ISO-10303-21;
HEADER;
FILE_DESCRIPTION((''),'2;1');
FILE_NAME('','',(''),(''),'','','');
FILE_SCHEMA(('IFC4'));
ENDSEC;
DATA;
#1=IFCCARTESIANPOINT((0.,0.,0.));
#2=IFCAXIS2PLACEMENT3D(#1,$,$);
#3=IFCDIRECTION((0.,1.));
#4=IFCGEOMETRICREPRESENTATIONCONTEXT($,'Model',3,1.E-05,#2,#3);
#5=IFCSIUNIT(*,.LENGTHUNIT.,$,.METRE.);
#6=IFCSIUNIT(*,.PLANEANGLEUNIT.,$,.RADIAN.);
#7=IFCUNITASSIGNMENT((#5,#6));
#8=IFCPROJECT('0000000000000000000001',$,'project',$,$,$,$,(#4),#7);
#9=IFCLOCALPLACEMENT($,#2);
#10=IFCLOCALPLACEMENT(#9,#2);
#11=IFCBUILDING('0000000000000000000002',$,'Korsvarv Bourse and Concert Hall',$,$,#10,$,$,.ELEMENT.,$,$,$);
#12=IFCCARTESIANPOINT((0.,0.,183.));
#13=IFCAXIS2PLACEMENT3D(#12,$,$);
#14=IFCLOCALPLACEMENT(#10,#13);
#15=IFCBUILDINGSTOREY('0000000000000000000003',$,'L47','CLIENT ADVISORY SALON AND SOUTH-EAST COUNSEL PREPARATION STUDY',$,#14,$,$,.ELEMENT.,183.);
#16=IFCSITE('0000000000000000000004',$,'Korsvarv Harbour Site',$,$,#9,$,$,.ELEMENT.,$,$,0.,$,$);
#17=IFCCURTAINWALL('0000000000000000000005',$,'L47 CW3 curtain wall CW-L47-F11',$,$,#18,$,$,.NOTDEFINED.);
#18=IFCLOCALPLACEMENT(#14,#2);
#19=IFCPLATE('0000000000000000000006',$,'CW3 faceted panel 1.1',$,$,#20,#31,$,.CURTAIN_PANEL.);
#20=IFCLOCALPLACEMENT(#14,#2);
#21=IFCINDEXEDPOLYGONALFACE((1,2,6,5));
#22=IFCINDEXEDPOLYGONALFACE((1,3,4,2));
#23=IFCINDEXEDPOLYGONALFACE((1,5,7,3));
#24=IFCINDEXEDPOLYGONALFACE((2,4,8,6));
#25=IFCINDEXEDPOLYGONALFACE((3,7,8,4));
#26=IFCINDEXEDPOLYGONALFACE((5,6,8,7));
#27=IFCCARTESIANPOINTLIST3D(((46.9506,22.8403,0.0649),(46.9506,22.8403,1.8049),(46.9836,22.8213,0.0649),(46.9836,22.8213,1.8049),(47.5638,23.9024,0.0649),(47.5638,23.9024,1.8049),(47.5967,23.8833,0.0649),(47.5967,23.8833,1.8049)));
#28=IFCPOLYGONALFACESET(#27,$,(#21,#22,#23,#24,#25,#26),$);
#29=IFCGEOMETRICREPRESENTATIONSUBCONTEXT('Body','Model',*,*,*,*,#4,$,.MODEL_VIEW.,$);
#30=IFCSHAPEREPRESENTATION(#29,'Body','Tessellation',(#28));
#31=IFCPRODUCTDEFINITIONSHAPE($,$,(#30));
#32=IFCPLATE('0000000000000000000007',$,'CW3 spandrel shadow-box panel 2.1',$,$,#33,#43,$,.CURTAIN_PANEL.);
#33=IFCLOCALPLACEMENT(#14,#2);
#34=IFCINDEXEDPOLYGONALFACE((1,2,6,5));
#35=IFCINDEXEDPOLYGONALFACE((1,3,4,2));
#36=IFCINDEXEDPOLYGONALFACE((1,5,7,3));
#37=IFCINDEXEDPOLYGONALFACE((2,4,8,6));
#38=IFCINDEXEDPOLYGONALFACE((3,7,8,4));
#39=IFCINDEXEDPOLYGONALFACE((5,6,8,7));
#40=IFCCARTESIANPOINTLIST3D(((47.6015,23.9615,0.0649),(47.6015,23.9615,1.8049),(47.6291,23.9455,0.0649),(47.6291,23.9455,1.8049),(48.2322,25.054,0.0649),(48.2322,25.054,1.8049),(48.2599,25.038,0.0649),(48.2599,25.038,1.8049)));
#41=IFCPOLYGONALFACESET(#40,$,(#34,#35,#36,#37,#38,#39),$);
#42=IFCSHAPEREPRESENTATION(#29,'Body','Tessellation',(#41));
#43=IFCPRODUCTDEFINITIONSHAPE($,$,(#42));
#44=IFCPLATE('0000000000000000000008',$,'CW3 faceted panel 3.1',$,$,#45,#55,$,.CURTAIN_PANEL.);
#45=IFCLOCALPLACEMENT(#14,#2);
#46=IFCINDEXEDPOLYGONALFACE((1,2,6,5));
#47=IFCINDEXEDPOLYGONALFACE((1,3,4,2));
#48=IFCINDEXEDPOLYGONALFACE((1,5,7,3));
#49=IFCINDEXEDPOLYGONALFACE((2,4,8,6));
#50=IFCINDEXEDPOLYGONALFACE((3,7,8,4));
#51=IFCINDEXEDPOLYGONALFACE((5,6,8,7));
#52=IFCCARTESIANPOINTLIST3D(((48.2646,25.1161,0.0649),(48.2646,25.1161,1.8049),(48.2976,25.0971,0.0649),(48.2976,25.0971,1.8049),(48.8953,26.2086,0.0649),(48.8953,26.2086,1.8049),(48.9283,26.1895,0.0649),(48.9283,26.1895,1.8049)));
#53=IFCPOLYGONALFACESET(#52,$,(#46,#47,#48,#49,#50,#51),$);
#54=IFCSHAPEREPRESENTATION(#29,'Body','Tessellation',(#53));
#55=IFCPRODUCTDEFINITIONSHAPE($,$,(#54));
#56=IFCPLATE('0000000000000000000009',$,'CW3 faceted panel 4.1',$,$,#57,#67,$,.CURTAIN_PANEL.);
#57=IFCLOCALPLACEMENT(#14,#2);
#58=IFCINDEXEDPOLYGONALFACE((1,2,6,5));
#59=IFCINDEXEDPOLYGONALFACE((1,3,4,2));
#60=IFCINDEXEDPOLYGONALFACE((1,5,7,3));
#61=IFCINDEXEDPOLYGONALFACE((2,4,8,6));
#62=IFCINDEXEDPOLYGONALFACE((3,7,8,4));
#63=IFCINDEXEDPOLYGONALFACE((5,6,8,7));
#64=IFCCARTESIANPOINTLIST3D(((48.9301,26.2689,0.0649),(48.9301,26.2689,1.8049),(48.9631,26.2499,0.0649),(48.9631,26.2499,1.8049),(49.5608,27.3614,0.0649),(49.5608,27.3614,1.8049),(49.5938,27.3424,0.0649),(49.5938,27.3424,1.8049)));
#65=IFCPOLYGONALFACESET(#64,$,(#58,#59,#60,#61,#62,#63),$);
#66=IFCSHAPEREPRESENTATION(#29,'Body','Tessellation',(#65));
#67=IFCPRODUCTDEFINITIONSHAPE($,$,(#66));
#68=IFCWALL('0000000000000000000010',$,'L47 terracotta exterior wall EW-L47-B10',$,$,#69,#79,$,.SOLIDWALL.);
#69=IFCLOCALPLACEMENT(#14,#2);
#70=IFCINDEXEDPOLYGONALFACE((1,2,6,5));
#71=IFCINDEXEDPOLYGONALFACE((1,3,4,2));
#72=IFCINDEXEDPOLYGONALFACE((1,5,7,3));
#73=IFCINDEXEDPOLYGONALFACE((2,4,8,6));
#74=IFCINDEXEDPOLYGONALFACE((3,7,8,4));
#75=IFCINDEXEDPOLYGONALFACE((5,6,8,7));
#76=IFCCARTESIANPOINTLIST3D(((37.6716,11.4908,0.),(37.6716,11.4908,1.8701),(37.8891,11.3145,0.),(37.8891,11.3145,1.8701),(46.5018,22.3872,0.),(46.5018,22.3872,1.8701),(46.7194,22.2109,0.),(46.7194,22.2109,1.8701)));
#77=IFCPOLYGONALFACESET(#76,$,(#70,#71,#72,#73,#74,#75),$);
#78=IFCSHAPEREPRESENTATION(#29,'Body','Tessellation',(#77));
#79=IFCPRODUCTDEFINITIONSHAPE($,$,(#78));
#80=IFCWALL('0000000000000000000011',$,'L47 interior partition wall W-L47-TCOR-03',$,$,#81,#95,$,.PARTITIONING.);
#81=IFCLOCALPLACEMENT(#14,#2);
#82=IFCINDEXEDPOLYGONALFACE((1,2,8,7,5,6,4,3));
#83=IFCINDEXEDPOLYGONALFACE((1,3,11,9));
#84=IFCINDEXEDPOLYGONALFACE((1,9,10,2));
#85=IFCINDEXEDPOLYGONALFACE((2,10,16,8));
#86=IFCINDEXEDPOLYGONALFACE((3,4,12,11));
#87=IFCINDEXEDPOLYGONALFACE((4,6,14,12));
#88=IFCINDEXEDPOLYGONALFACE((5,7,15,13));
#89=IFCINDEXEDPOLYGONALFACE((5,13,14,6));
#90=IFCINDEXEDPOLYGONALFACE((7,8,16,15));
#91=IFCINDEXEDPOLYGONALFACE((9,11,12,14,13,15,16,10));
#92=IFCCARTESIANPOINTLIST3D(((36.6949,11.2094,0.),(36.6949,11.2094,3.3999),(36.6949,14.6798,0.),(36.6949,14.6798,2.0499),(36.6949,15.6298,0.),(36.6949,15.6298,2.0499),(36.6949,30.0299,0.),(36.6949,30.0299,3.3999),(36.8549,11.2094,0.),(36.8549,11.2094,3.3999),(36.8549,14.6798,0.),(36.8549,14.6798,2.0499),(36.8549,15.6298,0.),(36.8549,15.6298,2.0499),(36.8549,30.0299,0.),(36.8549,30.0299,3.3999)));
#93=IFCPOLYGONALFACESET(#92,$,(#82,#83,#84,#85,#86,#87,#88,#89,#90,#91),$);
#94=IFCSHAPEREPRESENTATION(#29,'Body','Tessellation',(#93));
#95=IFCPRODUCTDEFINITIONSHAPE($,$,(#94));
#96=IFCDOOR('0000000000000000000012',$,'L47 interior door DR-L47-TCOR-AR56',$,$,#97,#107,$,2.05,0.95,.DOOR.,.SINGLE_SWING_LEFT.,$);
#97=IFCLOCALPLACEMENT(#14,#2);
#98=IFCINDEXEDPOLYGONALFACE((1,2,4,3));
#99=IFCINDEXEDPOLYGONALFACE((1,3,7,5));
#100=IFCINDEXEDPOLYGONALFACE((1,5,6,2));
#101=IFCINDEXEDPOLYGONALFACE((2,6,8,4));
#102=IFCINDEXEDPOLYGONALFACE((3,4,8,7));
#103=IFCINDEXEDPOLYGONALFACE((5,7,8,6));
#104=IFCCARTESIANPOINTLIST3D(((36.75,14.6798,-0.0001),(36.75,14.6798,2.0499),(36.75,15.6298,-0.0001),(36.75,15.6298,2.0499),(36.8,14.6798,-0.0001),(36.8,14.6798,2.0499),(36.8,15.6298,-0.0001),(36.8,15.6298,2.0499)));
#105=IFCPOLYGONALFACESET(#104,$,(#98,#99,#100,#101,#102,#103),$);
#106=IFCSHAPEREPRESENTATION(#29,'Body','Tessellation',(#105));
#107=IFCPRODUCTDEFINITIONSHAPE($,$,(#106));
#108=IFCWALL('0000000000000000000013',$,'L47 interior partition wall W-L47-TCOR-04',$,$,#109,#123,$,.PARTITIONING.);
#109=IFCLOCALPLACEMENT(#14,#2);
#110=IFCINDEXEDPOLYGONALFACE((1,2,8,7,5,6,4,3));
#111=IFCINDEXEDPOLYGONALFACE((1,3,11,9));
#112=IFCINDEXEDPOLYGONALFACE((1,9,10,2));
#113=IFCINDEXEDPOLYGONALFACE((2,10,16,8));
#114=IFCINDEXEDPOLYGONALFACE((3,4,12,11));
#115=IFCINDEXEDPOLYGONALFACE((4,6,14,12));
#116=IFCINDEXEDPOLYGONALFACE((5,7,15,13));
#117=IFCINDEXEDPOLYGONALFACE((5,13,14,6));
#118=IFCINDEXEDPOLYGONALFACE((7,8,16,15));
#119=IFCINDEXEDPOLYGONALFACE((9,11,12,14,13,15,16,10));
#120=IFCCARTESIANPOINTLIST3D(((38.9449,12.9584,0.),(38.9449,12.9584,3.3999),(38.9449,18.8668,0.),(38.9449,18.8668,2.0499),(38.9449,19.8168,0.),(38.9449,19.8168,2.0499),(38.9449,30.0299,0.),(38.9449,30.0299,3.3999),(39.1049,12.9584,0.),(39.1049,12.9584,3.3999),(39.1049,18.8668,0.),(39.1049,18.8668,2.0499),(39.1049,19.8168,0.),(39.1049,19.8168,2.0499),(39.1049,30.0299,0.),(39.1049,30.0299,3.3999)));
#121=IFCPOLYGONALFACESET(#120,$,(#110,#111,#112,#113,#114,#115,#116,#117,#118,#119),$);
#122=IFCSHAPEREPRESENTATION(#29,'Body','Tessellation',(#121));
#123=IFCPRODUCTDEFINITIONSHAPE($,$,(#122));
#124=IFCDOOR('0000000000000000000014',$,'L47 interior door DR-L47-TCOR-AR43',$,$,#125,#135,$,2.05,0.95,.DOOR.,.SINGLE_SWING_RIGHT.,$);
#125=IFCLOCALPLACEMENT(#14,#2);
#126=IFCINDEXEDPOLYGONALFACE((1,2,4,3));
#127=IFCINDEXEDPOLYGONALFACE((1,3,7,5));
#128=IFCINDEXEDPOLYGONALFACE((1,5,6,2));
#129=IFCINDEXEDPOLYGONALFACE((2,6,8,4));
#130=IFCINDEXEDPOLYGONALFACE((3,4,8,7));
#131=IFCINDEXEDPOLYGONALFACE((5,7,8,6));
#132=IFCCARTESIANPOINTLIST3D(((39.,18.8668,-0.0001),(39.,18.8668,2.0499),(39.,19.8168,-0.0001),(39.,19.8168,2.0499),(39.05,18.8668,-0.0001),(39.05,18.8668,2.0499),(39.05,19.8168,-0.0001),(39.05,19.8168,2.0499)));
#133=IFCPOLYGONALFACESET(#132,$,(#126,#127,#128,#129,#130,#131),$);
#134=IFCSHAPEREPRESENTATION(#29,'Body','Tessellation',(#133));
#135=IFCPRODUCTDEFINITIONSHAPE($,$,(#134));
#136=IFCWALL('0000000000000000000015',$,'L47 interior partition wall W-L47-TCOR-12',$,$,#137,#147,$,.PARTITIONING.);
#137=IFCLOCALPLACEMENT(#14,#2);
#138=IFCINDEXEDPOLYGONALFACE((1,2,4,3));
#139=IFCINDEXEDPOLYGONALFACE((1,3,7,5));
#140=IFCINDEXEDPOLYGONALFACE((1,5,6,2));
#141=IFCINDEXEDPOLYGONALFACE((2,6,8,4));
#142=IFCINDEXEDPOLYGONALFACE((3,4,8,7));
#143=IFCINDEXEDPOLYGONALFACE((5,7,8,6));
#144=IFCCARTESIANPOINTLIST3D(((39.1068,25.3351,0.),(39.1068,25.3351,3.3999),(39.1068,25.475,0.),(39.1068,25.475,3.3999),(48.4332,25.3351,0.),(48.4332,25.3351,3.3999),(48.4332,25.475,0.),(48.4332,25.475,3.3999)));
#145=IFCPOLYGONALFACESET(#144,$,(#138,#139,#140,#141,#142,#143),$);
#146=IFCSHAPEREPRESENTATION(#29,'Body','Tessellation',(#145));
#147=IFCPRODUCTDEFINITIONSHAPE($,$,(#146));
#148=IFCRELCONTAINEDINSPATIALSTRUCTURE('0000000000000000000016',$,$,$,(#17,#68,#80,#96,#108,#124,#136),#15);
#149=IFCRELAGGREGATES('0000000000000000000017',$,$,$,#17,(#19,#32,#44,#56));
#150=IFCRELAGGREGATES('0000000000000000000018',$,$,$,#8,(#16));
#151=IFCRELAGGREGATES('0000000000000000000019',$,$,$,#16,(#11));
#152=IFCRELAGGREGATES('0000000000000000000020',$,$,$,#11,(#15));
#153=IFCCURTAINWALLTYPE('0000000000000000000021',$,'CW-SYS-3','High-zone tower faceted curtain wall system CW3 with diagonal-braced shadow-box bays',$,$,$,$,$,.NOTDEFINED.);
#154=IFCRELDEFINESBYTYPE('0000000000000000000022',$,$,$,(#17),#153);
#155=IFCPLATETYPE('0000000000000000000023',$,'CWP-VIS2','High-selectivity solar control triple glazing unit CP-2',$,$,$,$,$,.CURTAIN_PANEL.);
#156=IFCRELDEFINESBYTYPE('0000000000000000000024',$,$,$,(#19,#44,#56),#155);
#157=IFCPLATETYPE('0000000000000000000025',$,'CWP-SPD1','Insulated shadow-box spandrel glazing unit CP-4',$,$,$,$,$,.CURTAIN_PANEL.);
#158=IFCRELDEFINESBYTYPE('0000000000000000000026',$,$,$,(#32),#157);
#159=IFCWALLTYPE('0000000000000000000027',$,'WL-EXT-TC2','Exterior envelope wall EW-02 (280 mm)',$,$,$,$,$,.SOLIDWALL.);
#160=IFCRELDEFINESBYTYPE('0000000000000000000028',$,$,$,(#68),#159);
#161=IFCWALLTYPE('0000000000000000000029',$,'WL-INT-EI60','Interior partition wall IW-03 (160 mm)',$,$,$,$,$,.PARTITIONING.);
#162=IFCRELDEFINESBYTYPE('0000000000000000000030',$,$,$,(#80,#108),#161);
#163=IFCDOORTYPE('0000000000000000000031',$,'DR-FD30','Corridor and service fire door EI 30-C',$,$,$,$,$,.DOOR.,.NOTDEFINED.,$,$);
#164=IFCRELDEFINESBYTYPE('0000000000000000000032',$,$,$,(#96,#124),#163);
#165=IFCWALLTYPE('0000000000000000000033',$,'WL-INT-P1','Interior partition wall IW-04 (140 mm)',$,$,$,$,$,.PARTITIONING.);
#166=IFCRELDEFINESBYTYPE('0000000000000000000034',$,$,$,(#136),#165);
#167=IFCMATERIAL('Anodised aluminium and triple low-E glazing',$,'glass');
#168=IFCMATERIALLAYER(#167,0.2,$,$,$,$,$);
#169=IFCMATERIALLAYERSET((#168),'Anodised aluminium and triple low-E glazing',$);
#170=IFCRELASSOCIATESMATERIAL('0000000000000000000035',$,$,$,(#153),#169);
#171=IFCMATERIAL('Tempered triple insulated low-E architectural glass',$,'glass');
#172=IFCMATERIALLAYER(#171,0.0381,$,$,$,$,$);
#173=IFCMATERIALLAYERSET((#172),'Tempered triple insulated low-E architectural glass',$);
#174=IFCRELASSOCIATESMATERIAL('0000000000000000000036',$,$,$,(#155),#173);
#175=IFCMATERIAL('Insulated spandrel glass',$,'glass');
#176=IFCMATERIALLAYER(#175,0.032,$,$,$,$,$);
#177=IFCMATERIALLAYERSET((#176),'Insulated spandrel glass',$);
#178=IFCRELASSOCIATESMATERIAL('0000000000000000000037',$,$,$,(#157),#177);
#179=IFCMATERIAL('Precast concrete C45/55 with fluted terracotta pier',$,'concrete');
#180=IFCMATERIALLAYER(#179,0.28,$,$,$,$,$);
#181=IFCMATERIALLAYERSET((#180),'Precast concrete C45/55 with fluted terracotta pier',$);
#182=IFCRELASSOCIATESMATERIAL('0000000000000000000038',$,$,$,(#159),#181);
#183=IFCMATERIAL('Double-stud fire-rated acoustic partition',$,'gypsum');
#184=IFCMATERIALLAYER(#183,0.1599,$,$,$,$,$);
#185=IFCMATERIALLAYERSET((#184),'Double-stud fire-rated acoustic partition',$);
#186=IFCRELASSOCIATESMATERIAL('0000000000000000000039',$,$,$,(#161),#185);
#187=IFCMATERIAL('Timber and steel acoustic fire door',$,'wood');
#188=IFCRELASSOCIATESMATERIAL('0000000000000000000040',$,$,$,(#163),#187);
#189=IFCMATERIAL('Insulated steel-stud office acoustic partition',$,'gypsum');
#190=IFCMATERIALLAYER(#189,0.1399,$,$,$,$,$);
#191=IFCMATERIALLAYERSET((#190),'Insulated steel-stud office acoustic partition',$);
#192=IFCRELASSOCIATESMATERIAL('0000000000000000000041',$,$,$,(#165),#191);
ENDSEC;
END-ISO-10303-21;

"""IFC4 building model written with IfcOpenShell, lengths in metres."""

from ifc_helpers import new_model, si_unit, direction, frame, frame_2d, origin, origin_2d, place, context, subcontext, project, spatial, rectangle, extrude, source, transform, mapped, material, layer, layer_set, type_object, element, fill, aggregate, save


model = new_model("IFC4")

# Units and contexts
model_context = context("Model", 3, precision=1e-05, world=origin(), true_north=direction((0.0, 1.0)))
body_context = subcontext(model_context, "Body", "Model", "MODEL_VIEW")
ifc_project = project(units=[si_unit("LENGTHUNIT", "METRE"), si_unit("PLANEANGLEUNIT", "RADIAN")], contexts=[model_context])

# Site, building, storey
site_placement = place(None, origin())
site = spatial("IfcSite", under=ifc_project, at=site_placement, Name="Korsvarv Harbour Site", CompositionType="ELEMENT", RefElevation=0.0)
building_placement = place(site_placement, origin())
building = spatial("IfcBuilding", under=site, at=building_placement, Name="Korsvarv Bourse and Concert Hall", CompositionType="ELEMENT")
storey_placement = place(building_placement, frame((0.0, 0.0, 183.0)))
storey = spatial("IfcBuildingStorey", under=building, at=storey_placement, Name="L47", Description="CLIENT ADVISORY SALON AND SOUTH-EAST COUNSEL PREPARATION STUDY", CompositionType="ELEMENT", Elevation=183.0)

# Curtain wall, plates
ifc_material_1 = material(Name="Anodised aluminium and triple low-E glazing", Category="glass")
ifc_layer_1 = layer(ifc_material_1, 0.2)
ifc_layer_set_1 = layer_set([ifc_layer_1], Name="Anodised aluminium and triple low-E glazing")
curtain_wall_type = type_object("IfcCurtainWallType", Name="CW-SYS-3", Description="High-zone tower faceted curtain wall system CW3 with diagonal-braced shadow-box bays", PredefinedType="NOTDEFINED", material=ifc_layer_set_1)
curtain_wall_placement = place(storey_placement, origin())
curtain_wall = element("IfcCurtainWall", 1, at=curtain_wall_placement, inside=storey, type_object=curtain_wall_type, Name="L47 CW3 curtain wall CW-L47-F11", PredefinedType="NOTDEFINED")
ifc_material_2 = material(Name="Tempered triple insulated low-E architectural glass", Category="glass")
ifc_layer_2 = layer(ifc_material_2, 0.0381)
ifc_layer_set_2 = layer_set([ifc_layer_2], Name="Tempered triple insulated low-E architectural glass")
plate_type_1 = type_object("IfcPlateType", Name="CWP-VIS2", Description="High-selectivity solar control triple glazing unit CP-2", PredefinedType="CURTAIN_PANEL", material=ifc_layer_set_2)
shared_shape_1 = source(origin(), body_context, "Body", "SweptSolid", [
    extrude(rectangle(XDim=1.2263, YDim=0.0381, at=origin_2d()), origin(), (0.0, 0.0, 1.0), 1.74),
])
plate_1_placement = place(storey_placement, frame((47.2737, 23.3618, 0.0649), z_axis=(0.0, 0.0, 1.0), x_axis=(0.499994, 0.866029, 0.0)))
plate_1 = element("IfcPlate", 2, at=plate_1_placement, type_object=plate_type_1, Name="CW3 faceted panel 1.1", PredefinedType="CURTAIN_PANEL", context=body_context, shape_type="MappedRepresentation", body=[
    mapped(shared_shape_1, transform((0.0, 0.0, 0.0), scale=1.0)),
])
ifc_material_3 = material(Name="Insulated spandrel glass", Category="glass")
ifc_layer_3 = layer(ifc_material_3, 0.032)
ifc_layer_set_3 = layer_set([ifc_layer_3], Name="Insulated spandrel glass")
plate_type_2 = type_object("IfcPlateType", Name="CWP-SPD1", Description="Insulated shadow-box spandrel glazing unit CP-4", PredefinedType="CURTAIN_PANEL", material=ifc_layer_set_3)
shared_shape_2 = source(origin(), body_context, "Body", "SweptSolid", [
    extrude(rectangle(XDim=1.2615, YDim=0.032, at=origin_2d()), origin(), (0.0, 0.0, 1.0), 1.74),
])
plate_2_placement = place(storey_placement, frame((47.9307, 24.4998, 0.0649), z_axis=(0.0, 0.0, 1.0), x_axis=(0.499994, 0.866029, 0.0)))
plate_2 = element("IfcPlate", 3, at=plate_2_placement, type_object=plate_type_2, Name="CW3 spandrel shadow-box panel 2.1", PredefinedType="CURTAIN_PANEL", context=body_context, shape_type="MappedRepresentation", body=[
    mapped(shared_shape_2, transform((0.0, 0.0, 0.0), scale=1.0)),
])
shared_shape_3 = source(origin(), body_context, "Body", "SweptSolid", [
    extrude(rectangle(XDim=1.2615, YDim=0.0381, at=origin_2d()), origin(), (0.0, 0.0, 1.0), 1.74),
])
plate_3_placement = place(storey_placement, frame((48.5964, 25.6528, 0.0649), z_axis=(0.0, 0.0, 1.0), x_axis=(0.499994, 0.866029, 0.0)))
plate_3 = element("IfcPlate", 4, at=plate_3_placement, type_object=plate_type_1, Name="CW3 faceted panel 3.1", PredefinedType="CURTAIN_PANEL", context=body_context, shape_type="MappedRepresentation", body=[
    mapped(shared_shape_3, transform((0.0, 0.0, 0.0), scale=1.0)),
])
plate_4_placement = place(storey_placement, frame((49.262, 26.8057, 0.0649), z_axis=(0.0, 0.0, 1.0), x_axis=(0.499994, 0.866029, 0.0)))
plate_4 = element("IfcPlate", 5, at=plate_4_placement, type_object=plate_type_1, Name="CW3 faceted panel 4.1", PredefinedType="CURTAIN_PANEL", context=body_context, shape_type="MappedRepresentation", body=[
    mapped(shared_shape_3, transform((0.0, 0.0, 0.0), scale=1.0)),
])
aggregate(curtain_wall, [plate_1, plate_2, plate_3, plate_4])

# Wall
ifc_material_4 = material(Name="Precast concrete C45/55 with fluted terracotta pier", Category="concrete")
ifc_layer_4 = layer(ifc_material_4, 0.28)
ifc_layer_set_4 = layer_set([ifc_layer_4], Name="Precast concrete C45/55 with fluted terracotta pier")
wall_type_1 = type_object("IfcWallType", Name="WL-EXT-TC2", Description="Exterior envelope wall EW-02 (280 mm)", PredefinedType="SOLIDWALL", material=ifc_layer_set_4)
wall_1_placement = place(storey_placement, frame((37.7803, 11.4026, 0.0), z_axis=(0.0, 0.0, 1.0), x_axis=(0.629601, 0.776918, 0.0)))
element("IfcWall", 6, at=wall_1_placement, inside=storey, type_object=wall_type_1, Name="L47 terracotta exterior wall EW-L47-B10", PredefinedType="SOLIDWALL", context=body_context, shape_type="SweptSolid", body=[
    extrude(rectangle(XDim=14.0251, YDim=0.28, at=frame_2d((7.0127, 0.0))), origin(), (0.0, 0.0, 1.0), 1.8701),
])

# Walls, openings, doors
ifc_material_5 = material(Name="Double-stud fire-rated acoustic partition", Category="gypsum")
ifc_layer_5 = layer(ifc_material_5, 0.1599)
ifc_layer_set_5 = layer_set([ifc_layer_5], Name="Double-stud fire-rated acoustic partition")
wall_type_2 = type_object("IfcWallType", Name="WL-INT-EI60", Description="Interior partition wall IW-03 (160 mm)", PredefinedType="PARTITIONING", material=ifc_layer_set_5)
wall_2_placement = place(storey_placement, frame((36.7749, 11.2095, 0.0), z_axis=(0.0, 0.0, 1.0), x_axis=(0.0, 1.0, 0.0)))
wall_2 = element("IfcWall", 7, at=wall_2_placement, inside=storey, type_object=wall_type_2, Name="L47 interior partition wall W-L47-TCOR-03", PredefinedType="PARTITIONING", context=body_context, shape_type="SweptSolid", body=[
    extrude(rectangle(XDim=18.8206, YDim=0.1599, at=frame_2d((9.4102, 0.0))), origin(), (0.0, 0.0, 1.0), 3.3999),
])
opening_1_placement = place(wall_2_placement, frame((3.4702, 0.0, 0.0)))
opening_1 = element("IfcOpeningElement", 8, at=opening_1_placement, cuts=wall_2, PredefinedType="OPENING", context=body_context, shape_type="SweptSolid", body=[
    extrude(rectangle(XDim=0.95, YDim=2.05, at=frame_2d((0.4751, 1.0249))), frame((0.0, 0.0898, 0.0), z_axis=(0.0, -1.0, 0.0), x_axis=(1.0, 0.0, 0.0)), (0.0, 0.0, 1.0), 0.1799),
])
ifc_material_6 = material(Name="Timber and steel acoustic fire door", Category="wood")
door_type = type_object("IfcDoorType", Name="DR-FD30", Description="Corridor and service fire door EI 30-C", OperationType="NOTDEFINED", PredefinedType="DOOR", material=ifc_material_6)
door_1_placement = place(opening_1_placement, origin())
door_1 = element("IfcDoor", 9, at=door_1_placement, inside=storey, type_object=door_type, Name="L47 interior door DR-L47-TCOR-AR56", OperationType="SINGLE_SWING_LEFT", OverallHeight=2.05, OverallWidth=0.95, PredefinedType="DOOR", context=body_context, shape_type="SweptSolid", body=[
    extrude(rectangle(XDim=0.95, YDim=2.05, at=frame_2d((0.4751, 1.0249))), frame((0.0, 0.0249, 0.0), z_axis=(0.0, -1.0, 0.0), x_axis=(1.0, 0.0, 0.0)), (0.0, 0.0, 1.0), 0.05),
])
fill(opening_1, door_1)
wall_3_placement = place(storey_placement, frame((39.0249, 12.9585, 0.0), z_axis=(0.0, 0.0, 1.0), x_axis=(0.0, 1.0, 0.0)))
wall_3 = element("IfcWall", 10, at=wall_3_placement, inside=storey, type_object=wall_type_2, Name="L47 interior partition wall W-L47-TCOR-04", PredefinedType="PARTITIONING", context=body_context, shape_type="SweptSolid", body=[
    extrude(rectangle(XDim=17.0715, YDim=0.1599, at=frame_2d((8.5356, 0.0))), origin(), (0.0, 0.0, 1.0), 3.3999),
])
opening_2_placement = place(wall_3_placement, frame((5.9082, 0.0, 0.0)))
opening_2 = element("IfcOpeningElement", 11, at=opening_2_placement, cuts=wall_3, PredefinedType="OPENING", context=body_context, shape_type="SweptSolid", body=[
    extrude(rectangle(XDim=0.95, YDim=2.05, at=frame_2d((0.4751, 1.0249))), frame((0.0, 0.0898, 0.0), z_axis=(0.0, -1.0, 0.0), x_axis=(1.0, 0.0, 0.0)), (0.0, 0.0, 1.0), 0.1799),
])
door_2_placement = place(opening_2_placement, origin())
door_2 = element("IfcDoor", 12, at=door_2_placement, inside=storey, type_object=door_type, Name="L47 interior door DR-L47-TCOR-AR43", OperationType="SINGLE_SWING_RIGHT", OverallHeight=2.05, OverallWidth=0.95, PredefinedType="DOOR", context=body_context, shape_type="SweptSolid", body=[
    extrude(rectangle(XDim=0.95, YDim=2.05, at=frame_2d((0.4751, 1.0249))), frame((0.0, 0.0249, 0.0), z_axis=(0.0, -1.0, 0.0), x_axis=(1.0, 0.0, 0.0)), (0.0, 0.0, 1.0), 0.05),
])
fill(opening_2, door_2)

# Wall
ifc_material_7 = material(Name="Insulated steel-stud office acoustic partition", Category="gypsum")
ifc_layer_6 = layer(ifc_material_7, 0.1399)
ifc_layer_set_6 = layer_set([ifc_layer_6], Name="Insulated steel-stud office acoustic partition")
wall_type_3 = type_object("IfcWallType", Name="WL-INT-P1", Description="Interior partition wall IW-04 (140 mm)", PredefinedType="PARTITIONING", material=ifc_layer_set_6)
wall_4_placement = place(storey_placement, frame((39.1069, 25.405, 0.0), z_axis=(0.0, 0.0, 1.0), x_axis=(1.0, 0.0, 0.0)))
element("IfcWall", 13, at=wall_4_placement, inside=storey, type_object=wall_type_3, Name="L47 interior partition wall W-L47-TCOR-12", PredefinedType="PARTITIONING", context=body_context, shape_type="SweptSolid", body=[
    extrude(rectangle(XDim=9.3264, YDim=0.1399, at=frame_2d((4.6631, 0.0))), origin(), (0.0, 0.0, 1.0), 3.3999),
])

save(model, "model.ifc")
